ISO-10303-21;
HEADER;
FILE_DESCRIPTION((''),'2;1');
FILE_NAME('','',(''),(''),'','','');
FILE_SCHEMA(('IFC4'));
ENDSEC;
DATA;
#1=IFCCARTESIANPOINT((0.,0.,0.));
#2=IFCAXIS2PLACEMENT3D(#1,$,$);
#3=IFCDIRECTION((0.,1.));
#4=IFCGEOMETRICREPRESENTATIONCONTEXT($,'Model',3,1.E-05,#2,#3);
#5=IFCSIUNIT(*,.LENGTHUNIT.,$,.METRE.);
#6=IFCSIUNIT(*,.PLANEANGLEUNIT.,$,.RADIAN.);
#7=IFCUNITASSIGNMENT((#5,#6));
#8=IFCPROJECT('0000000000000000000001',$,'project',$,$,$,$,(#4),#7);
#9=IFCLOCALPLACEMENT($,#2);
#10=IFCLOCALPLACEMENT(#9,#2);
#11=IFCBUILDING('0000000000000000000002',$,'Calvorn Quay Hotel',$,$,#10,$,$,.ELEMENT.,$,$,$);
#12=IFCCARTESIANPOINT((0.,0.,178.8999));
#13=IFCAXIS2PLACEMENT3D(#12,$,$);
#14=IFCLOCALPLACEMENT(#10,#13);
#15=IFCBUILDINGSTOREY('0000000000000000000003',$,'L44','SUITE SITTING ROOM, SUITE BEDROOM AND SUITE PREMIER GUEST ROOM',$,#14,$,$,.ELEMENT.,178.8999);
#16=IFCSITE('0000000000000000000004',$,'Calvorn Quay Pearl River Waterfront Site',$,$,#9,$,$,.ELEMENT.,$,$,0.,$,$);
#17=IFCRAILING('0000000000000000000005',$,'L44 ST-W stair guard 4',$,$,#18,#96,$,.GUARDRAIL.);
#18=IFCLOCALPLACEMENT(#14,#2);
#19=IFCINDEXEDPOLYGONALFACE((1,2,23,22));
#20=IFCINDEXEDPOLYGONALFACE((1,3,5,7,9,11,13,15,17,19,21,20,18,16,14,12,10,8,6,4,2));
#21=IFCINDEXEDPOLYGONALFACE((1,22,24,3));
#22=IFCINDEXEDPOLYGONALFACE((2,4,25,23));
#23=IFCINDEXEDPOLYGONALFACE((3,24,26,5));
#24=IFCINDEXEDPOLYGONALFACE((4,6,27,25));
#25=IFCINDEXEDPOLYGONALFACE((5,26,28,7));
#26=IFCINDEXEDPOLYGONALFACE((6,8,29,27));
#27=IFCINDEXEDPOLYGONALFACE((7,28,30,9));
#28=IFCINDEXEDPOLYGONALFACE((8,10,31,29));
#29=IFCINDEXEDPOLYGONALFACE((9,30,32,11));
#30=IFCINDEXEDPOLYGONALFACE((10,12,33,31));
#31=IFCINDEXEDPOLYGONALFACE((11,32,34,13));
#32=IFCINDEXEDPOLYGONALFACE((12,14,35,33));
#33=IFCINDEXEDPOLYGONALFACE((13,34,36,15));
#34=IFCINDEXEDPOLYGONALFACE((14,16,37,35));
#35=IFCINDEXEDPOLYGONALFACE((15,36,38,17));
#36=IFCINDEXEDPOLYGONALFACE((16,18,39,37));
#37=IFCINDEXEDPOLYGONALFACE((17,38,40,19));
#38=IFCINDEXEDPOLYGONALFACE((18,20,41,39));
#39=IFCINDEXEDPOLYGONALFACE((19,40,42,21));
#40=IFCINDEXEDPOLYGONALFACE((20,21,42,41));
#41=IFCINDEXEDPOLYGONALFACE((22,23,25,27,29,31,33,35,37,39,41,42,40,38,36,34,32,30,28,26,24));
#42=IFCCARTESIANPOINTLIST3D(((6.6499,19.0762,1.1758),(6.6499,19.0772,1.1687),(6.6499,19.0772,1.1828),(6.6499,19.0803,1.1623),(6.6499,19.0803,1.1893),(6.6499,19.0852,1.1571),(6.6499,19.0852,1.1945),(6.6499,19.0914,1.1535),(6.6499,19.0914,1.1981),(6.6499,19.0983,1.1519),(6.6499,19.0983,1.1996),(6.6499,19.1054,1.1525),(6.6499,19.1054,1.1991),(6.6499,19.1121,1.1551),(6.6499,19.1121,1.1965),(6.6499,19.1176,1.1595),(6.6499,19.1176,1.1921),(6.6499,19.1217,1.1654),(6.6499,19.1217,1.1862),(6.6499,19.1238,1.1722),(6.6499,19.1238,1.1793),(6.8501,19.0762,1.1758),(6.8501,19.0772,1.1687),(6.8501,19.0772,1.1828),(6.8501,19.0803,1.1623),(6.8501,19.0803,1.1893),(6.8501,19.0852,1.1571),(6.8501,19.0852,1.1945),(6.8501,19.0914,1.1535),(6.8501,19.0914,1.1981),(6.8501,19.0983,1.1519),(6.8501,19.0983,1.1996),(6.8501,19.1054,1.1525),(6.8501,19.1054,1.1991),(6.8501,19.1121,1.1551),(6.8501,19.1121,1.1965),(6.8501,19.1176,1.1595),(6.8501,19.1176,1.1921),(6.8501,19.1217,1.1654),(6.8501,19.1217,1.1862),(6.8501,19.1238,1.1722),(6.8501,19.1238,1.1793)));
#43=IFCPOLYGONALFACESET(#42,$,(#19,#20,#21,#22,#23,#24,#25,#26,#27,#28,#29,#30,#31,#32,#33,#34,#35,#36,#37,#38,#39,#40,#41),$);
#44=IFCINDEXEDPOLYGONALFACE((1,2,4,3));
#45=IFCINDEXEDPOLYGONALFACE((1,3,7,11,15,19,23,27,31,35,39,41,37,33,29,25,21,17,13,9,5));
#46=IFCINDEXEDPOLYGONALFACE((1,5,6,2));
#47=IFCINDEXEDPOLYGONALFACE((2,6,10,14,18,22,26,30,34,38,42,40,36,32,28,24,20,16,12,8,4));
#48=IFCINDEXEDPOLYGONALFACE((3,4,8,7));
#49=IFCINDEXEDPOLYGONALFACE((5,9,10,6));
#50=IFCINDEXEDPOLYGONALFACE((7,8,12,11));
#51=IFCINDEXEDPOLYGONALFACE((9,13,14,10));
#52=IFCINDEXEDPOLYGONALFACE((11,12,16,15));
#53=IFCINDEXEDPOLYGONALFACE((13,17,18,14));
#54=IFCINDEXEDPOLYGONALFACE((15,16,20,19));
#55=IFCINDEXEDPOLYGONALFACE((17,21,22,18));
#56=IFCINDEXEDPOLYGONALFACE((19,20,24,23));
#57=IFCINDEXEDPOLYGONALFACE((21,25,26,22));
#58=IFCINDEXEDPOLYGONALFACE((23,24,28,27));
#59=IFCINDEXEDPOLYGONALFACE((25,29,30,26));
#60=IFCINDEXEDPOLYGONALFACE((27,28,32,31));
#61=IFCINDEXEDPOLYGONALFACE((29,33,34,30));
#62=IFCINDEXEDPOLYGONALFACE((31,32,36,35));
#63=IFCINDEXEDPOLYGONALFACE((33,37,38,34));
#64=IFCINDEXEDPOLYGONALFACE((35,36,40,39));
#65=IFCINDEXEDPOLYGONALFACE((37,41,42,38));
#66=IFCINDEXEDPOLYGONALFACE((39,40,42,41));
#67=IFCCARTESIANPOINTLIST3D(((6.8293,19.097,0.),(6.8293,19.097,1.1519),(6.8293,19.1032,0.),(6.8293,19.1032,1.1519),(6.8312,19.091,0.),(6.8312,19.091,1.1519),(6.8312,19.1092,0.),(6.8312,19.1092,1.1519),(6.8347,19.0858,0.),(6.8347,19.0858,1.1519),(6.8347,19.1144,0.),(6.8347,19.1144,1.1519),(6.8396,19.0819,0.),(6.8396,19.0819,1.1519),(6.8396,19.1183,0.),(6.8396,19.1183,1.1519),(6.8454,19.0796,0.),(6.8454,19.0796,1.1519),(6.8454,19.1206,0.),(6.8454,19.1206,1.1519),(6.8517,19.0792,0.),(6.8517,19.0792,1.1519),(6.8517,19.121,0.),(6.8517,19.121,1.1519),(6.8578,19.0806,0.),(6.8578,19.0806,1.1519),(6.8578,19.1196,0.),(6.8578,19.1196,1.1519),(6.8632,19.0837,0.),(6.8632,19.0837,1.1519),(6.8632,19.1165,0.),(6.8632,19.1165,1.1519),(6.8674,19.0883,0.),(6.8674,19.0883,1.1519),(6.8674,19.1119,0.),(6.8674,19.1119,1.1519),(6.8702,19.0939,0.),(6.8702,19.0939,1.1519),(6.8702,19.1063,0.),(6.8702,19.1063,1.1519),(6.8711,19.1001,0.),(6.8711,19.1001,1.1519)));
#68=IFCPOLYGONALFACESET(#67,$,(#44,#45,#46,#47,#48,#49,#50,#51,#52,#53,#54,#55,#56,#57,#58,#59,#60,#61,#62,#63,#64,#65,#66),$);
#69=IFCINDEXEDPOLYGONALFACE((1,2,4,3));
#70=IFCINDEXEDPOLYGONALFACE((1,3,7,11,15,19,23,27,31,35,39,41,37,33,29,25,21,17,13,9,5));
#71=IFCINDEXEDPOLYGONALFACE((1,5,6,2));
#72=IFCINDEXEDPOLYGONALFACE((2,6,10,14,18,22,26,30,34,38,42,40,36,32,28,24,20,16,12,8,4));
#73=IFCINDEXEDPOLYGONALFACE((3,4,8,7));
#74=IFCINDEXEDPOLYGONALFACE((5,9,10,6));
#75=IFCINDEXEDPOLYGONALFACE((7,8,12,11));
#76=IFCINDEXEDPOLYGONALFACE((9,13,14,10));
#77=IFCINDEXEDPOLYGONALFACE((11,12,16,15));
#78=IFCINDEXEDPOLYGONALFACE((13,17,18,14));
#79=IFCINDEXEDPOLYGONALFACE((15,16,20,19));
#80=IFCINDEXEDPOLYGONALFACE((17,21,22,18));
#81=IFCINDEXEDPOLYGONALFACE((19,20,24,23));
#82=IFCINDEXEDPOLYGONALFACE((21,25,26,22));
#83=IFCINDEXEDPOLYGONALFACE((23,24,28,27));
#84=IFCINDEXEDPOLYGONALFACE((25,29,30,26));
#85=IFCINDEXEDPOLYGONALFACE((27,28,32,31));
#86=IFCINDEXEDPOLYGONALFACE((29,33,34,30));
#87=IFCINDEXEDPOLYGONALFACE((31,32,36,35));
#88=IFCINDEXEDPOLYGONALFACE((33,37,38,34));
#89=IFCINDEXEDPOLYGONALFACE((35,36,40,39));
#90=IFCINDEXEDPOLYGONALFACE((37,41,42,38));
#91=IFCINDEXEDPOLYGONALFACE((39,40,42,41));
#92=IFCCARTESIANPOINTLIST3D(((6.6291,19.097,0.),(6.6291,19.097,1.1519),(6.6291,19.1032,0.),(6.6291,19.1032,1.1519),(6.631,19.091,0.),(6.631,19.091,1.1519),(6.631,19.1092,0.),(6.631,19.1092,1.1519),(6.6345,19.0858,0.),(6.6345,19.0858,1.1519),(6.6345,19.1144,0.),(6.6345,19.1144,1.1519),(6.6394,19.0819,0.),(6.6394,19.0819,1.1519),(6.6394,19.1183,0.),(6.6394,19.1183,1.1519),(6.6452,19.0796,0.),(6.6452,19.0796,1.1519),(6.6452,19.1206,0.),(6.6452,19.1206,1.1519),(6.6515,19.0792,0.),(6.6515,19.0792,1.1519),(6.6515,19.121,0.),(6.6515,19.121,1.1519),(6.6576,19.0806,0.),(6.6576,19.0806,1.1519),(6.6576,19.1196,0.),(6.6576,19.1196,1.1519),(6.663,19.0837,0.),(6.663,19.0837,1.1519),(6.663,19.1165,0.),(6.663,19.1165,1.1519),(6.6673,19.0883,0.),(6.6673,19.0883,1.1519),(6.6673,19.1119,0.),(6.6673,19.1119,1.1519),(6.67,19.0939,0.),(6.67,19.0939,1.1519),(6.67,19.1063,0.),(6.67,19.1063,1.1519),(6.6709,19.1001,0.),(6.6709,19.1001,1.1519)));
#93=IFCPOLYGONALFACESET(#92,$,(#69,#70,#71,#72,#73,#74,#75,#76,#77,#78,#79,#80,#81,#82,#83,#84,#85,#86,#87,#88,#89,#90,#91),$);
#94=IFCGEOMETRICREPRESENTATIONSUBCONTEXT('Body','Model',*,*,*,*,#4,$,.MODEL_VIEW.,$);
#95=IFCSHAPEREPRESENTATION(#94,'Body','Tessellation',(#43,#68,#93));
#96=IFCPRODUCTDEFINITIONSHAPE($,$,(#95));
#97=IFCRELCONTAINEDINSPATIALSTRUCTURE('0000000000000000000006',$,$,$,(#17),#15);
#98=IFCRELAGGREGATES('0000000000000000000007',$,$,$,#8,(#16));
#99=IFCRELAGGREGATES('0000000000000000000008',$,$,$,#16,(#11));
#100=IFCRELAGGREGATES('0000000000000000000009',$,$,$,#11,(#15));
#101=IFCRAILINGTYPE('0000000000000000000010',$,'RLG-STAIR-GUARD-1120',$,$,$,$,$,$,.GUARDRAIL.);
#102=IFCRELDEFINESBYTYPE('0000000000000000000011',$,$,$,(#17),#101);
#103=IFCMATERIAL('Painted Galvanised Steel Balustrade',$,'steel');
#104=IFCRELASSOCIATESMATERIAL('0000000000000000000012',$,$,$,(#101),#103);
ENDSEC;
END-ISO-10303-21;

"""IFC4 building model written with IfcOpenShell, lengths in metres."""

from ifc_helpers import new_model, si_unit, direction, frame, origin, origin_2d, place, context, subcontext, project, spatial, circle, extrude, material, type_object, element, save


model = new_model("IFC4")

# Units and contexts
model_context = context("Model", 3, precision=1e-05, world=origin(), true_north=direction((0.0, 1.0)))
body_context = subcontext(model_context, "Body", "Model", "MODEL_VIEW")
ifc_project = project(units=[si_unit("LENGTHUNIT", "METRE"), si_unit("PLANEANGLEUNIT", "RADIAN")], contexts=[model_context])

# Site, building, storey
site_placement = place(None, origin())
site = spatial("IfcSite", under=ifc_project, at=site_placement, Name="Calvorn Quay Pearl River Waterfront Site", CompositionType="ELEMENT", RefElevation=0.0)
building_placement = place(site_placement, origin())
building = spatial("IfcBuilding", under=site, at=building_placement, Name="Calvorn Quay Hotel", CompositionType="ELEMENT")
storey_placement = place(building_placement, frame((0.0, 0.0, 178.8999)))
storey = spatial("IfcBuildingStorey", under=building, at=storey_placement, Name="L44", Description="SUITE SITTING ROOM, SUITE BEDROOM AND SUITE PREMIER GUEST ROOM", CompositionType="ELEMENT", Elevation=178.8999)

# Railing
ifc_material_1 = material(Name="Painted Galvanised Steel Balustrade", Category="steel")
railing_type_1 = type_object("IfcRailingType", Name="RLG-STAIR-GUARD-1120", PredefinedType="GUARDRAIL", material=ifc_material_1)
railing_1_placement = place(storey_placement, frame((6.8501, 19.1001, 0.0)))
element("IfcRailing", 1, at=railing_1_placement, inside=storey, type_object=railing_type_1, Name="L44 ST-W stair guard 4", PredefinedType="GUARDRAIL", context=body_context, shape_type="SweptSolid", body=[
    extrude(circle(Radius=0.0239, at=origin_2d()), frame((0.0, 0.0, 1.1758), z_axis=(-1.0, 0.0, 0.0), x_axis=(0.0, -1.0, 0.0)), (0.0, 0.0, 1.0), 0.2002),
    extrude(circle(Radius=0.021, at=origin_2d()), origin(), (0.0, 0.0, 1.0), 1.1519),
    extrude(circle(Radius=0.021, at=origin_2d()), frame((-0.2002, 0.0, 0.0)), (0.0, 0.0, 1.0), 1.1519),
])

save(model, "model.ifc")
